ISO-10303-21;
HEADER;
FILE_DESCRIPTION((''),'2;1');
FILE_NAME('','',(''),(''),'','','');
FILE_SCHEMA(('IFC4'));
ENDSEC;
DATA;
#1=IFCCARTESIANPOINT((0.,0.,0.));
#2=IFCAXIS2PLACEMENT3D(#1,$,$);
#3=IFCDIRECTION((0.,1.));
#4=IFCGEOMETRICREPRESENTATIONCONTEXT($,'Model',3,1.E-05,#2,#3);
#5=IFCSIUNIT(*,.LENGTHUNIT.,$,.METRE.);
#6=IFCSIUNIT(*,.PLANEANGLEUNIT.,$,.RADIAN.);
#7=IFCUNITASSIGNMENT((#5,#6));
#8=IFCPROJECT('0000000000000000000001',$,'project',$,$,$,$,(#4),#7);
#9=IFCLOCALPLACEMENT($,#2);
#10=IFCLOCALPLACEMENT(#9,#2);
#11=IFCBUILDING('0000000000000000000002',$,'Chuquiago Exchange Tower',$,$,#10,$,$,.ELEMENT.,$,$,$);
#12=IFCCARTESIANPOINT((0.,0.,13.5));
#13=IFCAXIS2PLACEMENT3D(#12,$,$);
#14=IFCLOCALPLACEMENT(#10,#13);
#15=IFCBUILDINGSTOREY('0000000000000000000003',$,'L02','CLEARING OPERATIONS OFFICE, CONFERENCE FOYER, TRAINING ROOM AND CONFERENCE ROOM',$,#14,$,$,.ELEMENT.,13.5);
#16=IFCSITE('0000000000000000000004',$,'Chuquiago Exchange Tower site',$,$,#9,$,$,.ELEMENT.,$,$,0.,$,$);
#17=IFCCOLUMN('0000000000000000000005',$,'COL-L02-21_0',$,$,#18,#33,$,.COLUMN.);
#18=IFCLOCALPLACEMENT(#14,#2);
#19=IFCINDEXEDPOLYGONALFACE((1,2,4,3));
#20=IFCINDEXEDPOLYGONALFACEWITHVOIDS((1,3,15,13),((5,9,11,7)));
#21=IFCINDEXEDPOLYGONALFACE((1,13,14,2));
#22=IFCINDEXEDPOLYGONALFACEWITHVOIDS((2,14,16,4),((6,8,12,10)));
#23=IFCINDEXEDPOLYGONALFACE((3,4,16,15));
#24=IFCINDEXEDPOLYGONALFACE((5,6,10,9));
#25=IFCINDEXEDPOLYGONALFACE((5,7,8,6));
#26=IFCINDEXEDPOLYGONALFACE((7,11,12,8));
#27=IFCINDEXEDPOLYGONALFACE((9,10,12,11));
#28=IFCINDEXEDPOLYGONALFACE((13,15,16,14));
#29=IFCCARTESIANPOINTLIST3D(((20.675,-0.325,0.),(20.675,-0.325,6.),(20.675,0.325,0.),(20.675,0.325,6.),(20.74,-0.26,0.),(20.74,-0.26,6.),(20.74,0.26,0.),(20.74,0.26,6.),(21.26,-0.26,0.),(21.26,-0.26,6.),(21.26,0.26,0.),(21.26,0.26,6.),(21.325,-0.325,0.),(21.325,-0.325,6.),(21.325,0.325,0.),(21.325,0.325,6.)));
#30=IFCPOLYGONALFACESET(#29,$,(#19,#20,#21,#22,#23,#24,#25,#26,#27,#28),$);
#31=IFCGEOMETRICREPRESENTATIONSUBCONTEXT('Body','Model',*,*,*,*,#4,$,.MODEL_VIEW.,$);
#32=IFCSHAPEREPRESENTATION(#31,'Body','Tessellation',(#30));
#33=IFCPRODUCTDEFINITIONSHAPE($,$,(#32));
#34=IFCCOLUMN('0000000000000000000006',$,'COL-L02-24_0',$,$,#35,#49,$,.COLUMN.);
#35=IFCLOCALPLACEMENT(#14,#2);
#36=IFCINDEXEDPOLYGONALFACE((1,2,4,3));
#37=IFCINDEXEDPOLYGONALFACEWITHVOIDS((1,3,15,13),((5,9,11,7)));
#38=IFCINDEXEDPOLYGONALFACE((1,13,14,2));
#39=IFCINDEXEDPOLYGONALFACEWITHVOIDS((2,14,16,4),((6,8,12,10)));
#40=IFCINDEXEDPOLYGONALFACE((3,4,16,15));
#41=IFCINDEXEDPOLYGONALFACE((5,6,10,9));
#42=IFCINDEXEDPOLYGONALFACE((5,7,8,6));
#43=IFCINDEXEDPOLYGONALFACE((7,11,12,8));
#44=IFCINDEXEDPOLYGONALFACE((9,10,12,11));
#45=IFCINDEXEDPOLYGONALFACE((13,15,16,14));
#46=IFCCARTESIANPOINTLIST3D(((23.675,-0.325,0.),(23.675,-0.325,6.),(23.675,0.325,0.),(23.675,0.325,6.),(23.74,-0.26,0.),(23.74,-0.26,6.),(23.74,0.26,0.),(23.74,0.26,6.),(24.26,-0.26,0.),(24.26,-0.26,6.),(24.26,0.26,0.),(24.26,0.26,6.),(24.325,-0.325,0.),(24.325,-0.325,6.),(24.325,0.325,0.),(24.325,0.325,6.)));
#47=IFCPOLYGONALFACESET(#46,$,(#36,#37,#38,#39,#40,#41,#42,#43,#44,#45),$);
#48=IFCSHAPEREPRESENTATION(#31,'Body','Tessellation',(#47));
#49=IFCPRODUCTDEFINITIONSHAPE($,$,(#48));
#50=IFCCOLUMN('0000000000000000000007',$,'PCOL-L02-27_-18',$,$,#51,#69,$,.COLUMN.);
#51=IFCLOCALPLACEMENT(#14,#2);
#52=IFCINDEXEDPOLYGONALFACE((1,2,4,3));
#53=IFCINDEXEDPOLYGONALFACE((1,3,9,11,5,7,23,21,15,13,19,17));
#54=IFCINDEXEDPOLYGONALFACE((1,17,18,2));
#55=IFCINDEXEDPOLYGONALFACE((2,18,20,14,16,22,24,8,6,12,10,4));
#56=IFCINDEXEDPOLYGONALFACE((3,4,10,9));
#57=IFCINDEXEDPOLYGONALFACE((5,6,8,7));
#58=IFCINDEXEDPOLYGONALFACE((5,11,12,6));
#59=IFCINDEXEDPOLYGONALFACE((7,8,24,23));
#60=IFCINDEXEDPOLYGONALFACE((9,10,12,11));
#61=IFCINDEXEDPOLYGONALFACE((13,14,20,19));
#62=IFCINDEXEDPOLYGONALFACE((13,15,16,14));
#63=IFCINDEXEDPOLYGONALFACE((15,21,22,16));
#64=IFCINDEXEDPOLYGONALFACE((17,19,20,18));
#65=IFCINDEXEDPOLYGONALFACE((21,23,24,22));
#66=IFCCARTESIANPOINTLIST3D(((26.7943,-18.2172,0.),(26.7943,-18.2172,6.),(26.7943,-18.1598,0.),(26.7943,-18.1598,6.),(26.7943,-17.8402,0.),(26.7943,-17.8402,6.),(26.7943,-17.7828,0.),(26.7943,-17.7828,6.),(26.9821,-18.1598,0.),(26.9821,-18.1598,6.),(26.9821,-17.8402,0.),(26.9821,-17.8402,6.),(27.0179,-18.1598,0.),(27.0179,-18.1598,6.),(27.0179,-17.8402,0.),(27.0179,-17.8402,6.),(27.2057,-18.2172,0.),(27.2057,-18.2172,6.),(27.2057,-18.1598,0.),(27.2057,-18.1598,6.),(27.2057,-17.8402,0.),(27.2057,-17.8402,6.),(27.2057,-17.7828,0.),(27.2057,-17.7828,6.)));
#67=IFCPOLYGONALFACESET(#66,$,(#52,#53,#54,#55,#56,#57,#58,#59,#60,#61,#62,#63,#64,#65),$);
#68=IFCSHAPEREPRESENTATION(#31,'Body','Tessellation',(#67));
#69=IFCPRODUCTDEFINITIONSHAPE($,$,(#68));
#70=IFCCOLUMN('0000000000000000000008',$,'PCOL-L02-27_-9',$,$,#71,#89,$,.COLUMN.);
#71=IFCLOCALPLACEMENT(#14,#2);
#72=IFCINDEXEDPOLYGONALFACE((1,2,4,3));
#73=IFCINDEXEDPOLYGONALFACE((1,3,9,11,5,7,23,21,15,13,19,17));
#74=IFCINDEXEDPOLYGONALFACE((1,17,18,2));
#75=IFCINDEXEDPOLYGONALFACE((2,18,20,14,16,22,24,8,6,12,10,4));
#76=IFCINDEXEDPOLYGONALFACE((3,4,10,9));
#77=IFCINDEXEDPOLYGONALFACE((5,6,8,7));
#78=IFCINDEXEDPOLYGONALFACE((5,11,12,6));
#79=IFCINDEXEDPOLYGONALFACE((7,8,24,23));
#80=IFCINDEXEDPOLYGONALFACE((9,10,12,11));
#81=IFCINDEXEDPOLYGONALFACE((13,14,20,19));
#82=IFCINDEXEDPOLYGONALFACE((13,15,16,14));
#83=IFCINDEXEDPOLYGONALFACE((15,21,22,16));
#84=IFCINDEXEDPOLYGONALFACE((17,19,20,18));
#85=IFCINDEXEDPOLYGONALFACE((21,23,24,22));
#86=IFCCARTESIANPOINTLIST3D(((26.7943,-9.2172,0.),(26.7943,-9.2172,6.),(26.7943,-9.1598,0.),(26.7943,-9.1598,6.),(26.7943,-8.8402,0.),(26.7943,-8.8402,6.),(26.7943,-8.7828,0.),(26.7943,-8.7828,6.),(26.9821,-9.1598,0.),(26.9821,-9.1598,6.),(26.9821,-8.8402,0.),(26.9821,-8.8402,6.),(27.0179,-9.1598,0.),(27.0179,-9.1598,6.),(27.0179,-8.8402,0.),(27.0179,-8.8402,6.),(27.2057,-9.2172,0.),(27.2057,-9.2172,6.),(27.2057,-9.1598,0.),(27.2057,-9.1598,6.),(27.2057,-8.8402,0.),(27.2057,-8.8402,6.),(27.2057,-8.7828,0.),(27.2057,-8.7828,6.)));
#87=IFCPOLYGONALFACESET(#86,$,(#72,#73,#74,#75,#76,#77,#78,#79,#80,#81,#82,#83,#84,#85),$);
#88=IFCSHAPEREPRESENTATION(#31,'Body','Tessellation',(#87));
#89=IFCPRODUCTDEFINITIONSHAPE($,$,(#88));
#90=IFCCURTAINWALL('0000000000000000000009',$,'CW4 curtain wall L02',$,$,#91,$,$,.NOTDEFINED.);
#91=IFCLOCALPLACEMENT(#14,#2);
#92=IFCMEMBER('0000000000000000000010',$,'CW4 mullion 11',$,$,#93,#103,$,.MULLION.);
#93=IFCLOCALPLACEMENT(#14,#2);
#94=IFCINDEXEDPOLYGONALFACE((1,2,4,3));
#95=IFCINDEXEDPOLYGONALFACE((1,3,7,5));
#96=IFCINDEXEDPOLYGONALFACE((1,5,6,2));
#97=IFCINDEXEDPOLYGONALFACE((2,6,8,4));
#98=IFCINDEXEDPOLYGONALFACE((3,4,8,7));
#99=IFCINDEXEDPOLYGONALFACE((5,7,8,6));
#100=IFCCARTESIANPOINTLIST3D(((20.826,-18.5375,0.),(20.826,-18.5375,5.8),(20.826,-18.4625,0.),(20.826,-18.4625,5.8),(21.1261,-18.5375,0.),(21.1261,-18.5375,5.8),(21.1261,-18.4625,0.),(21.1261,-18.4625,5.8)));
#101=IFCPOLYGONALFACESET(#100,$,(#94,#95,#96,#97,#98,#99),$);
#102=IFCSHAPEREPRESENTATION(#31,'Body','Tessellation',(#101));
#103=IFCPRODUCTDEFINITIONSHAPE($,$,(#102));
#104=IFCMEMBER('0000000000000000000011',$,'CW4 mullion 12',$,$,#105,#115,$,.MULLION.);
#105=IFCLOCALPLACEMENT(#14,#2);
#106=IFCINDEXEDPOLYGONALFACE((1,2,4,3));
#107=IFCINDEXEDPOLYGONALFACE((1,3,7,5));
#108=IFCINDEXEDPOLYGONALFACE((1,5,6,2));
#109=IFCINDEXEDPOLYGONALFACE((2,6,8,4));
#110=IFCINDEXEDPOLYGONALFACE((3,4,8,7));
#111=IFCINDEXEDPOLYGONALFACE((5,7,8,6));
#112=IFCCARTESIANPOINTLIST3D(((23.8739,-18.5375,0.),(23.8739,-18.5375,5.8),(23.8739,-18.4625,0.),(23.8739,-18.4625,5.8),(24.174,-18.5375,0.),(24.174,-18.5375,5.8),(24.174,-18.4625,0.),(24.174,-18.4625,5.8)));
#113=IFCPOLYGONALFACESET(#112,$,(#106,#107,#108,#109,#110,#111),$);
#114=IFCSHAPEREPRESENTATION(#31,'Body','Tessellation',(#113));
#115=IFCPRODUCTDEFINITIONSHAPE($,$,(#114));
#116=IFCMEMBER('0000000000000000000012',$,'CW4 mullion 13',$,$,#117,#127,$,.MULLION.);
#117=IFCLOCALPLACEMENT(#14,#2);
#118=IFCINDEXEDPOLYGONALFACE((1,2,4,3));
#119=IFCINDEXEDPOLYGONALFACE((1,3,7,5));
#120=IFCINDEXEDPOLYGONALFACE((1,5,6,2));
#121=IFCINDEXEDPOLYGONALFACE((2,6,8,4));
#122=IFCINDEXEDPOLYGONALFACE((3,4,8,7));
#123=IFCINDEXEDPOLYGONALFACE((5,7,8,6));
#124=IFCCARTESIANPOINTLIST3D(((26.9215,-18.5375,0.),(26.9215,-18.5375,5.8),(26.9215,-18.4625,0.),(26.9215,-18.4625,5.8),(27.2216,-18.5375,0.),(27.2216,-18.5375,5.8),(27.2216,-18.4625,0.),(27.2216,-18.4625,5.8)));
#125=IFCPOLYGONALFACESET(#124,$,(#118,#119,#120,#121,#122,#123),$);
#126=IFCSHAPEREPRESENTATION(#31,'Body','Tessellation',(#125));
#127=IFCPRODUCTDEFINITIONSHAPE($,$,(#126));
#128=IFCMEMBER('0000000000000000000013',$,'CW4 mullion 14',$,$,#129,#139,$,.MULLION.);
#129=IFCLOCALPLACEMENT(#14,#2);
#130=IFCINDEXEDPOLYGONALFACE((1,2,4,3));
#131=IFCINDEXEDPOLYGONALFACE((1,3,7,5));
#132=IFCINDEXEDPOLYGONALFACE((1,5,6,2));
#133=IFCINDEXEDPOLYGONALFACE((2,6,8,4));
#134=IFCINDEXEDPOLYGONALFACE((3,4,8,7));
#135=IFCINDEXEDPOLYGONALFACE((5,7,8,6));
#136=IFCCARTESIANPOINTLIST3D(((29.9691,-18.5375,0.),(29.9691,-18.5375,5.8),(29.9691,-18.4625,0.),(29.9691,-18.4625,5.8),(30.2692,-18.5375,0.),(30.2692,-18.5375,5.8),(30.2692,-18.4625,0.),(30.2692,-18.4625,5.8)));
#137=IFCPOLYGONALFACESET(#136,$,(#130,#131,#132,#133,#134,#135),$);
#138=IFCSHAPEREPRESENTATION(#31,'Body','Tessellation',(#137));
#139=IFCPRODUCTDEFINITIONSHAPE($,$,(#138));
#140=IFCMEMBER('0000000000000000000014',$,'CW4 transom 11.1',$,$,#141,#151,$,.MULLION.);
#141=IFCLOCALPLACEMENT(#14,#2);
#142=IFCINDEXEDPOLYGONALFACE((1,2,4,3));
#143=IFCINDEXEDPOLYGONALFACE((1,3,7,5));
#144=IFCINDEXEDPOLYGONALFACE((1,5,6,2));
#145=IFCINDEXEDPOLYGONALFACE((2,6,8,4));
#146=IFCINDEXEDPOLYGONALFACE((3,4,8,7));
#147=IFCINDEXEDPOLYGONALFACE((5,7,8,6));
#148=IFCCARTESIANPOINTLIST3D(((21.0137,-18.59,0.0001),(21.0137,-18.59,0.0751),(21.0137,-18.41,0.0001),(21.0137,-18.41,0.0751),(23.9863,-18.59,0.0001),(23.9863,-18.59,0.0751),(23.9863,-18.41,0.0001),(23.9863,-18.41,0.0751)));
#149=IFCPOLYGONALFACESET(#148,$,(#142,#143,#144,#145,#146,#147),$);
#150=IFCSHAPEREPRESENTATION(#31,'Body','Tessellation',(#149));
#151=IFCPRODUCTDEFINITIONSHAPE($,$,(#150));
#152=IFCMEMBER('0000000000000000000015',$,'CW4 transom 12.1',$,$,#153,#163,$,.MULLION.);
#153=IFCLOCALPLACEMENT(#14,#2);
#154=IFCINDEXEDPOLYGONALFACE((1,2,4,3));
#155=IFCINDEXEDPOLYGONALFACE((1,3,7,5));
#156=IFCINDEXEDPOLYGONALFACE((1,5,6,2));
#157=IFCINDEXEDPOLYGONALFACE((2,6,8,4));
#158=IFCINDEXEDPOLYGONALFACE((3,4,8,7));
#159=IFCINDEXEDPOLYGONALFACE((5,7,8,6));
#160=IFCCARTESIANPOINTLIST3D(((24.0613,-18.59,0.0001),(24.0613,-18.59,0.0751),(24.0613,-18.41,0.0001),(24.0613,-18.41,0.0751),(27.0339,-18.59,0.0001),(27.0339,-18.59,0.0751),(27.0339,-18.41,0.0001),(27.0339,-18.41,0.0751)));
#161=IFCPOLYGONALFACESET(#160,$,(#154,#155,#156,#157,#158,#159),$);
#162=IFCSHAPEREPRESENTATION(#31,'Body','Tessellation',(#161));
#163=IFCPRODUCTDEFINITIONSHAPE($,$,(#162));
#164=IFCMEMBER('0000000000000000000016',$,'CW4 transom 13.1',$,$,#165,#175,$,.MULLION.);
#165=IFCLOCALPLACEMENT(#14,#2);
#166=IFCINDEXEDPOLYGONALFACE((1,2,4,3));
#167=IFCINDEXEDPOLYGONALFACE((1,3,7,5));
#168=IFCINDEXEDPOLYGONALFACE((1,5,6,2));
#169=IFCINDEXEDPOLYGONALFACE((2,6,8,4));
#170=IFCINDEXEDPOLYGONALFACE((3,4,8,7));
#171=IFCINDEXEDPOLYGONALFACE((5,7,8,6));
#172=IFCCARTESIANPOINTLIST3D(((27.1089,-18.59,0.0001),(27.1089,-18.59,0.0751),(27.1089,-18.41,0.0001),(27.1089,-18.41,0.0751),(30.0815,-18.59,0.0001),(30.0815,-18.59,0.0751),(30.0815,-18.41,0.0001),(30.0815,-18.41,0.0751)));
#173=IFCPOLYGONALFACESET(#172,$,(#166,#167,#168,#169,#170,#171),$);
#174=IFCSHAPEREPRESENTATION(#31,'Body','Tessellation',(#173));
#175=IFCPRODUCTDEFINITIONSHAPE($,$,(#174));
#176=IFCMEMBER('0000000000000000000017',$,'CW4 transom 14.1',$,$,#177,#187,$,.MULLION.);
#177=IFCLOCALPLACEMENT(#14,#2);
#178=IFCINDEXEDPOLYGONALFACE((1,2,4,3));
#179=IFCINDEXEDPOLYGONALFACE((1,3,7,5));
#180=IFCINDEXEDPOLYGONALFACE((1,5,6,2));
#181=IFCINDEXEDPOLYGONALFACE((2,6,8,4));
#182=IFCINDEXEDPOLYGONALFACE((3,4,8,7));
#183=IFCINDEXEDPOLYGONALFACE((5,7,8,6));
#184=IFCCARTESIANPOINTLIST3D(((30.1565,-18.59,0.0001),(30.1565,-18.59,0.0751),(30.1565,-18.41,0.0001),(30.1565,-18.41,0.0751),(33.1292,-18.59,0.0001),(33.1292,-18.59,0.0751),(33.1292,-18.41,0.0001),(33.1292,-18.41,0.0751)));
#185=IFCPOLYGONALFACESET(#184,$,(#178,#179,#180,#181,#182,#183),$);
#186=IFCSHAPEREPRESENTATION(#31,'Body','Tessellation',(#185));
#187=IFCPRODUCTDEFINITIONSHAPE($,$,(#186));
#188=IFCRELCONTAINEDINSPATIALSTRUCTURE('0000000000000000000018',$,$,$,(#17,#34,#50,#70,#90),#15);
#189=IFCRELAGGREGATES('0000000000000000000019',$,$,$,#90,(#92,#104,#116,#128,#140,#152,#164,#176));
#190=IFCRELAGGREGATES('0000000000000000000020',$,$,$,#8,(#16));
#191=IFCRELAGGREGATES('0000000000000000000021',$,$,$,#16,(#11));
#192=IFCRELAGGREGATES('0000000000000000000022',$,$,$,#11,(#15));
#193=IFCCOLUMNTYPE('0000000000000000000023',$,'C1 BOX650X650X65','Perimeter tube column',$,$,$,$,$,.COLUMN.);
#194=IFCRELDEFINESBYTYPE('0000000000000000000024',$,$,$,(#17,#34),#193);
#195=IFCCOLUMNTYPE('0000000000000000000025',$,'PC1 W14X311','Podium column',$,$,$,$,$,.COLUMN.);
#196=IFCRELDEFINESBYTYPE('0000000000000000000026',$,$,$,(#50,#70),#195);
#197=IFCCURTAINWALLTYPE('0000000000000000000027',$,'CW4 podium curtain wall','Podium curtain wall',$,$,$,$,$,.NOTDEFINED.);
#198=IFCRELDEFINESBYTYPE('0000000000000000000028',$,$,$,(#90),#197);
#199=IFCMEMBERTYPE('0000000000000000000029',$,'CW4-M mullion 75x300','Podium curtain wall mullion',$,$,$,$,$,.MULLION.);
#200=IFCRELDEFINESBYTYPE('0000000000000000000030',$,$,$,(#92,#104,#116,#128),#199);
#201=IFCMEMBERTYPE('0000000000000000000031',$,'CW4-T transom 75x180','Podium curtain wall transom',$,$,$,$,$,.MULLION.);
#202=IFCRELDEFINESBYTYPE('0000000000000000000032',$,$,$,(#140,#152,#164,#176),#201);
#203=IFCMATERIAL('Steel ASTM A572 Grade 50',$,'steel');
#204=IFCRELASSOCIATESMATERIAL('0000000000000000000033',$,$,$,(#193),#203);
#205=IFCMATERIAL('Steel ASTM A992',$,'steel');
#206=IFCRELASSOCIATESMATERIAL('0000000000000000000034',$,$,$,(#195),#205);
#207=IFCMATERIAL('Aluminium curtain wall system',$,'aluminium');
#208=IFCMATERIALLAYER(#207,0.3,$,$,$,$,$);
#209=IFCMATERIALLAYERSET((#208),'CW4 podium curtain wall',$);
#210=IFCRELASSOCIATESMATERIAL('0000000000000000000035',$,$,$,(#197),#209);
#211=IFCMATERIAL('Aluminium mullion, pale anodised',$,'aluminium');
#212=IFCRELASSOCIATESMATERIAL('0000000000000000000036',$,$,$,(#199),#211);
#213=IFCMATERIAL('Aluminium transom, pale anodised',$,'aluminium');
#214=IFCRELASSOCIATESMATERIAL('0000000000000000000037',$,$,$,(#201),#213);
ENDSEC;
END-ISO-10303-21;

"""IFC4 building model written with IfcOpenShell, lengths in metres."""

from ifc_helpers import new_model, si_unit, direction, frame, origin, origin_2d, place, context, subcontext, project, spatial, rectangle, hollow_rectangle, i_section, extrude, material, layer, layer_set, material_profile, profile_set, type_object, element, aggregate, save


model = new_model("IFC4")

# Units and contexts
model_context = context("Model", 3, precision=1e-05, world=origin(), true_north=direction((0.0, 1.0)))
body_context = subcontext(model_context, "Body", "Model", "MODEL_VIEW")
ifc_project = project(units=[si_unit("LENGTHUNIT", "METRE"), si_unit("PLANEANGLEUNIT", "RADIAN")], contexts=[model_context])

# Site, building, storey
site_placement = place(None, origin())
site = spatial("IfcSite", under=ifc_project, at=site_placement, Name="Chuquiago Exchange Tower site", CompositionType="ELEMENT", RefElevation=0.0)
building_placement = place(site_placement, origin())
building = spatial("IfcBuilding", under=site, at=building_placement, Name="Chuquiago Exchange Tower", CompositionType="ELEMENT")
storey_placement = place(building_placement, frame((0.0, 0.0, 13.5)))
storey = spatial("IfcBuildingStorey", under=building, at=storey_placement, Name="L02", Description="CLEARING OPERATIONS OFFICE, CONFERENCE FOYER, TRAINING ROOM AND CONFERENCE ROOM", CompositionType="ELEMENT", Elevation=13.5)

# Columns
ifc_material_1 = material(Name="Steel ASTM A572 Grade 50", Category="steel")
ifc_material_profile_1 = material_profile(ifc_material_1, hollow_rectangle(XDim=0.6499, YDim=0.6499, WallThickness=0.0649, at=origin_2d()), Name="BOX650X650X65")
ifc_profile_set_1 = profile_set([ifc_material_profile_1], Name="Steel ASTM A572 Grade 50")
column_type_1 = type_object("IfcColumnType", Name="C1 BOX650X650X65", Description="Perimeter tube column", PredefinedType="COLUMN", material=ifc_profile_set_1)
for number, where, z_axis, x_axis, name in (
    (1, (21.0, 0.0, 0.0), (0.0, 0.0, 1.0), (0.0, -1.0, 0.0), "COL-L02-21_0"),
    (2, (24.0, 0.0, 0.0), (0.0, 0.0, 1.0), (0.0, -1.0, 0.0), "COL-L02-24_0"),
):
    element("IfcColumn", number, at=place(storey_placement, frame(where, z_axis=z_axis, x_axis=x_axis)), inside=storey, type_object=column_type_1, Name=name, PredefinedType="COLUMN", context=body_context, shape_type="SweptSolid", body=[
        extrude(hollow_rectangle(XDim=0.6499, YDim=0.6499, WallThickness=0.0649, at=origin_2d()), origin(), (0.0, 0.0, 1.0), 6.0),
    ])
ifc_material_2 = material(Name="Steel ASTM A992", Category="steel")
ifc_material_profile_2 = material_profile(ifc_material_2, i_section(OverallWidth=0.4114, OverallDepth=0.4343, WebThickness=0.0359, FlangeThickness=0.0574, at=origin_2d()), Name="W14X311")
ifc_profile_set_2 = profile_set([ifc_material_profile_2], Name="Steel ASTM A992")
column_type_2 = type_object("IfcColumnType", Name="PC1 W14X311", Description="Podium column", PredefinedType="COLUMN", material=ifc_profile_set_2)
for number, where, z_axis, x_axis, name in (
    (3, (27.0, -18.0, 0.0), (0.0, 0.0, 1.0), (1.0, 0.0, 0.0), "PCOL-L02-27_-18"),
    (4, (27.0, -9.0, 0.0), (0.0, 0.0, 1.0), (1.0, 0.0, 0.0), "PCOL-L02-27_-9"),
):
    element("IfcColumn", number, at=place(storey_placement, frame(where, z_axis=z_axis, x_axis=x_axis)), inside=storey, type_object=column_type_2, Name=name, PredefinedType="COLUMN", context=body_context, shape_type="SweptSolid", body=[
        extrude(i_section(OverallWidth=0.4114, OverallDepth=0.4343, WebThickness=0.0359, FlangeThickness=0.0574, at=origin_2d()), origin(), (0.0, 0.0, 1.0), 6.0),
    ])

# Curtain wall, members
ifc_material_3 = material(Name="Aluminium curtain wall system", Category="aluminium")
ifc_layer_1 = layer(ifc_material_3, 0.3)
ifc_layer_set_1 = layer_set([ifc_layer_1], Name="CW4 podium curtain wall")
curtain_wall_type = type_object("IfcCurtainWallType", Name="CW4 podium curtain wall", Description="Podium curtain wall", PredefinedType="NOTDEFINED", material=ifc_layer_set_1)
curtain_wall_placement = place(storey_placement, origin())
curtain_wall = element("IfcCurtainWall", 5, at=curtain_wall_placement, inside=storey, type_object=curtain_wall_type, Name="CW4 curtain wall L02", PredefinedType="NOTDEFINED")
ifc_material_4 = material(Name="Aluminium mullion, pale anodised", Category="aluminium")
ifc_material_profile_3 = material_profile(ifc_material_4, rectangle(XDim=0.075, YDim=0.3, at=origin_2d()), Name="AL 75x300")
ifc_profile_set_3 = profile_set([ifc_material_profile_3], Name="Aluminium mullion, pale anodised")
member_type_1 = type_object("IfcMemberType", Name="CW4-M mullion 75x300", Description="Podium curtain wall mullion", PredefinedType="MULLION", material=ifc_profile_set_3)
member_1_placement = place(storey_placement, frame((20.9761, -18.5, 0.0), z_axis=(0.0, 0.0, 1.0), x_axis=(0.0, 1.0, 0.0)))
member_1 = element("IfcMember", 6, at=member_1_placement, type_object=member_type_1, Name="CW4 mullion 11", PredefinedType="MULLION", context=body_context, shape_type="SweptSolid", body=[
    extrude(rectangle(XDim=0.075, YDim=0.3, at=origin_2d()), origin(), (0.0, 0.0, 1.0), 5.8),
])
member_2_placement = place(storey_placement, frame((24.0239, -18.5, 0.0), z_axis=(0.0, 0.0, 1.0), x_axis=(0.0, 1.0, 0.0)))
member_2 = element("IfcMember", 7, at=member_2_placement, type_object=member_type_1, Name="CW4 mullion 12", PredefinedType="MULLION", context=body_context, shape_type="SweptSolid", body=[
    extrude(rectangle(XDim=0.075, YDim=0.3, at=origin_2d()), origin(), (0.0, 0.0, 1.0), 5.8),
])
member_3_placement = place(storey_placement, frame((27.0715, -18.5, 0.0), z_axis=(0.0, 0.0, 1.0), x_axis=(0.0, 1.0, 0.0)))
member_3 = element("IfcMember", 8, at=member_3_placement, type_object=member_type_1, Name="CW4 mullion 13", PredefinedType="MULLION", context=body_context, shape_type="SweptSolid", body=[
    extrude(rectangle(XDim=0.075, YDim=0.3, at=origin_2d()), origin(), (0.0, 0.0, 1.0), 5.8),
])
member_4_placement = place(storey_placement, frame((30.1191, -18.5, 0.0), z_axis=(0.0, 0.0, 1.0), x_axis=(0.0, 1.0, 0.0)))
member_4 = element("IfcMember", 9, at=member_4_placement, type_object=member_type_1, Name="CW4 mullion 14", PredefinedType="MULLION", context=body_context, shape_type="SweptSolid", body=[
    extrude(rectangle(XDim=0.075, YDim=0.3, at=origin_2d()), origin(), (0.0, 0.0, 1.0), 5.8),
])
ifc_material_5 = material(Name="Aluminium transom, pale anodised", Category="aluminium")
ifc_material_profile_4 = material_profile(ifc_material_5, rectangle(XDim=0.1799, YDim=0.075, at=origin_2d()), Name="AL 180x75")
ifc_profile_set_4 = profile_set([ifc_material_profile_4], Name="Aluminium transom, pale anodised")
member_type_2 = type_object("IfcMemberType", Name="CW4-T transom 75x180", Description="Podium curtain wall transom", PredefinedType="MULLION", material=ifc_profile_set_4)
member_5_placement = place(storey_placement, frame((21.0137, -18.5, 0.0376), z_axis=(1.0, 0.0, 0.0), x_axis=(0.0, 1.0, 0.0)))
member_5 = element("IfcMember", 10, at=member_5_placement, type_object=member_type_2, Name="CW4 transom 11.1", PredefinedType="MULLION", context=body_context, shape_type="SweptSolid", body=[
    extrude(rectangle(XDim=0.1799, YDim=0.075, at=origin_2d()), origin(), (0.0, 0.0, 1.0), 2.9727),
])
member_6_placement = place(storey_placement, frame((24.0613, -18.5, 0.0376), z_axis=(1.0, 0.0, 0.0), x_axis=(0.0, 1.0, 0.0)))
member_6 = element("IfcMember", 11, at=member_6_placement, type_object=member_type_2, Name="CW4 transom 12.1", PredefinedType="MULLION", context=body_context, shape_type="SweptSolid", body=[
    extrude(rectangle(XDim=0.1799, YDim=0.075, at=origin_2d()), origin(), (0.0, 0.0, 1.0), 2.9727),
])
member_7_placement = place(storey_placement, frame((27.1089, -18.5, 0.0376), z_axis=(1.0, 0.0, 0.0), x_axis=(0.0, 1.0, 0.0)))
member_7 = element("IfcMember", 12, at=member_7_placement, type_object=member_type_2, Name="CW4 transom 13.1", PredefinedType="MULLION", context=body_context, shape_type="SweptSolid", body=[
    extrude(rectangle(XDim=0.1799, YDim=0.075, at=origin_2d()), origin(), (0.0, 0.0, 1.0), 2.9727),
])
member_8_placement = place(storey_placement, frame((30.1565, -18.5, 0.0376), z_axis=(1.0, 0.0, 0.0), x_axis=(0.0, 1.0, 0.0)))
member_8 = element("IfcMember", 13, at=member_8_placement, type_object=member_type_2, Name="CW4 transom 14.1", PredefinedType="MULLION", context=body_context, shape_type="SweptSolid", body=[
    extrude(rectangle(XDim=0.1799, YDim=0.075, at=origin_2d()), origin(), (0.0, 0.0, 1.0), 2.9727),
])

aggregate(curtain_wall, [member_1, member_2, member_3, member_4, member_5, member_6, member_7, member_8])

save(model, "model.ifc")
